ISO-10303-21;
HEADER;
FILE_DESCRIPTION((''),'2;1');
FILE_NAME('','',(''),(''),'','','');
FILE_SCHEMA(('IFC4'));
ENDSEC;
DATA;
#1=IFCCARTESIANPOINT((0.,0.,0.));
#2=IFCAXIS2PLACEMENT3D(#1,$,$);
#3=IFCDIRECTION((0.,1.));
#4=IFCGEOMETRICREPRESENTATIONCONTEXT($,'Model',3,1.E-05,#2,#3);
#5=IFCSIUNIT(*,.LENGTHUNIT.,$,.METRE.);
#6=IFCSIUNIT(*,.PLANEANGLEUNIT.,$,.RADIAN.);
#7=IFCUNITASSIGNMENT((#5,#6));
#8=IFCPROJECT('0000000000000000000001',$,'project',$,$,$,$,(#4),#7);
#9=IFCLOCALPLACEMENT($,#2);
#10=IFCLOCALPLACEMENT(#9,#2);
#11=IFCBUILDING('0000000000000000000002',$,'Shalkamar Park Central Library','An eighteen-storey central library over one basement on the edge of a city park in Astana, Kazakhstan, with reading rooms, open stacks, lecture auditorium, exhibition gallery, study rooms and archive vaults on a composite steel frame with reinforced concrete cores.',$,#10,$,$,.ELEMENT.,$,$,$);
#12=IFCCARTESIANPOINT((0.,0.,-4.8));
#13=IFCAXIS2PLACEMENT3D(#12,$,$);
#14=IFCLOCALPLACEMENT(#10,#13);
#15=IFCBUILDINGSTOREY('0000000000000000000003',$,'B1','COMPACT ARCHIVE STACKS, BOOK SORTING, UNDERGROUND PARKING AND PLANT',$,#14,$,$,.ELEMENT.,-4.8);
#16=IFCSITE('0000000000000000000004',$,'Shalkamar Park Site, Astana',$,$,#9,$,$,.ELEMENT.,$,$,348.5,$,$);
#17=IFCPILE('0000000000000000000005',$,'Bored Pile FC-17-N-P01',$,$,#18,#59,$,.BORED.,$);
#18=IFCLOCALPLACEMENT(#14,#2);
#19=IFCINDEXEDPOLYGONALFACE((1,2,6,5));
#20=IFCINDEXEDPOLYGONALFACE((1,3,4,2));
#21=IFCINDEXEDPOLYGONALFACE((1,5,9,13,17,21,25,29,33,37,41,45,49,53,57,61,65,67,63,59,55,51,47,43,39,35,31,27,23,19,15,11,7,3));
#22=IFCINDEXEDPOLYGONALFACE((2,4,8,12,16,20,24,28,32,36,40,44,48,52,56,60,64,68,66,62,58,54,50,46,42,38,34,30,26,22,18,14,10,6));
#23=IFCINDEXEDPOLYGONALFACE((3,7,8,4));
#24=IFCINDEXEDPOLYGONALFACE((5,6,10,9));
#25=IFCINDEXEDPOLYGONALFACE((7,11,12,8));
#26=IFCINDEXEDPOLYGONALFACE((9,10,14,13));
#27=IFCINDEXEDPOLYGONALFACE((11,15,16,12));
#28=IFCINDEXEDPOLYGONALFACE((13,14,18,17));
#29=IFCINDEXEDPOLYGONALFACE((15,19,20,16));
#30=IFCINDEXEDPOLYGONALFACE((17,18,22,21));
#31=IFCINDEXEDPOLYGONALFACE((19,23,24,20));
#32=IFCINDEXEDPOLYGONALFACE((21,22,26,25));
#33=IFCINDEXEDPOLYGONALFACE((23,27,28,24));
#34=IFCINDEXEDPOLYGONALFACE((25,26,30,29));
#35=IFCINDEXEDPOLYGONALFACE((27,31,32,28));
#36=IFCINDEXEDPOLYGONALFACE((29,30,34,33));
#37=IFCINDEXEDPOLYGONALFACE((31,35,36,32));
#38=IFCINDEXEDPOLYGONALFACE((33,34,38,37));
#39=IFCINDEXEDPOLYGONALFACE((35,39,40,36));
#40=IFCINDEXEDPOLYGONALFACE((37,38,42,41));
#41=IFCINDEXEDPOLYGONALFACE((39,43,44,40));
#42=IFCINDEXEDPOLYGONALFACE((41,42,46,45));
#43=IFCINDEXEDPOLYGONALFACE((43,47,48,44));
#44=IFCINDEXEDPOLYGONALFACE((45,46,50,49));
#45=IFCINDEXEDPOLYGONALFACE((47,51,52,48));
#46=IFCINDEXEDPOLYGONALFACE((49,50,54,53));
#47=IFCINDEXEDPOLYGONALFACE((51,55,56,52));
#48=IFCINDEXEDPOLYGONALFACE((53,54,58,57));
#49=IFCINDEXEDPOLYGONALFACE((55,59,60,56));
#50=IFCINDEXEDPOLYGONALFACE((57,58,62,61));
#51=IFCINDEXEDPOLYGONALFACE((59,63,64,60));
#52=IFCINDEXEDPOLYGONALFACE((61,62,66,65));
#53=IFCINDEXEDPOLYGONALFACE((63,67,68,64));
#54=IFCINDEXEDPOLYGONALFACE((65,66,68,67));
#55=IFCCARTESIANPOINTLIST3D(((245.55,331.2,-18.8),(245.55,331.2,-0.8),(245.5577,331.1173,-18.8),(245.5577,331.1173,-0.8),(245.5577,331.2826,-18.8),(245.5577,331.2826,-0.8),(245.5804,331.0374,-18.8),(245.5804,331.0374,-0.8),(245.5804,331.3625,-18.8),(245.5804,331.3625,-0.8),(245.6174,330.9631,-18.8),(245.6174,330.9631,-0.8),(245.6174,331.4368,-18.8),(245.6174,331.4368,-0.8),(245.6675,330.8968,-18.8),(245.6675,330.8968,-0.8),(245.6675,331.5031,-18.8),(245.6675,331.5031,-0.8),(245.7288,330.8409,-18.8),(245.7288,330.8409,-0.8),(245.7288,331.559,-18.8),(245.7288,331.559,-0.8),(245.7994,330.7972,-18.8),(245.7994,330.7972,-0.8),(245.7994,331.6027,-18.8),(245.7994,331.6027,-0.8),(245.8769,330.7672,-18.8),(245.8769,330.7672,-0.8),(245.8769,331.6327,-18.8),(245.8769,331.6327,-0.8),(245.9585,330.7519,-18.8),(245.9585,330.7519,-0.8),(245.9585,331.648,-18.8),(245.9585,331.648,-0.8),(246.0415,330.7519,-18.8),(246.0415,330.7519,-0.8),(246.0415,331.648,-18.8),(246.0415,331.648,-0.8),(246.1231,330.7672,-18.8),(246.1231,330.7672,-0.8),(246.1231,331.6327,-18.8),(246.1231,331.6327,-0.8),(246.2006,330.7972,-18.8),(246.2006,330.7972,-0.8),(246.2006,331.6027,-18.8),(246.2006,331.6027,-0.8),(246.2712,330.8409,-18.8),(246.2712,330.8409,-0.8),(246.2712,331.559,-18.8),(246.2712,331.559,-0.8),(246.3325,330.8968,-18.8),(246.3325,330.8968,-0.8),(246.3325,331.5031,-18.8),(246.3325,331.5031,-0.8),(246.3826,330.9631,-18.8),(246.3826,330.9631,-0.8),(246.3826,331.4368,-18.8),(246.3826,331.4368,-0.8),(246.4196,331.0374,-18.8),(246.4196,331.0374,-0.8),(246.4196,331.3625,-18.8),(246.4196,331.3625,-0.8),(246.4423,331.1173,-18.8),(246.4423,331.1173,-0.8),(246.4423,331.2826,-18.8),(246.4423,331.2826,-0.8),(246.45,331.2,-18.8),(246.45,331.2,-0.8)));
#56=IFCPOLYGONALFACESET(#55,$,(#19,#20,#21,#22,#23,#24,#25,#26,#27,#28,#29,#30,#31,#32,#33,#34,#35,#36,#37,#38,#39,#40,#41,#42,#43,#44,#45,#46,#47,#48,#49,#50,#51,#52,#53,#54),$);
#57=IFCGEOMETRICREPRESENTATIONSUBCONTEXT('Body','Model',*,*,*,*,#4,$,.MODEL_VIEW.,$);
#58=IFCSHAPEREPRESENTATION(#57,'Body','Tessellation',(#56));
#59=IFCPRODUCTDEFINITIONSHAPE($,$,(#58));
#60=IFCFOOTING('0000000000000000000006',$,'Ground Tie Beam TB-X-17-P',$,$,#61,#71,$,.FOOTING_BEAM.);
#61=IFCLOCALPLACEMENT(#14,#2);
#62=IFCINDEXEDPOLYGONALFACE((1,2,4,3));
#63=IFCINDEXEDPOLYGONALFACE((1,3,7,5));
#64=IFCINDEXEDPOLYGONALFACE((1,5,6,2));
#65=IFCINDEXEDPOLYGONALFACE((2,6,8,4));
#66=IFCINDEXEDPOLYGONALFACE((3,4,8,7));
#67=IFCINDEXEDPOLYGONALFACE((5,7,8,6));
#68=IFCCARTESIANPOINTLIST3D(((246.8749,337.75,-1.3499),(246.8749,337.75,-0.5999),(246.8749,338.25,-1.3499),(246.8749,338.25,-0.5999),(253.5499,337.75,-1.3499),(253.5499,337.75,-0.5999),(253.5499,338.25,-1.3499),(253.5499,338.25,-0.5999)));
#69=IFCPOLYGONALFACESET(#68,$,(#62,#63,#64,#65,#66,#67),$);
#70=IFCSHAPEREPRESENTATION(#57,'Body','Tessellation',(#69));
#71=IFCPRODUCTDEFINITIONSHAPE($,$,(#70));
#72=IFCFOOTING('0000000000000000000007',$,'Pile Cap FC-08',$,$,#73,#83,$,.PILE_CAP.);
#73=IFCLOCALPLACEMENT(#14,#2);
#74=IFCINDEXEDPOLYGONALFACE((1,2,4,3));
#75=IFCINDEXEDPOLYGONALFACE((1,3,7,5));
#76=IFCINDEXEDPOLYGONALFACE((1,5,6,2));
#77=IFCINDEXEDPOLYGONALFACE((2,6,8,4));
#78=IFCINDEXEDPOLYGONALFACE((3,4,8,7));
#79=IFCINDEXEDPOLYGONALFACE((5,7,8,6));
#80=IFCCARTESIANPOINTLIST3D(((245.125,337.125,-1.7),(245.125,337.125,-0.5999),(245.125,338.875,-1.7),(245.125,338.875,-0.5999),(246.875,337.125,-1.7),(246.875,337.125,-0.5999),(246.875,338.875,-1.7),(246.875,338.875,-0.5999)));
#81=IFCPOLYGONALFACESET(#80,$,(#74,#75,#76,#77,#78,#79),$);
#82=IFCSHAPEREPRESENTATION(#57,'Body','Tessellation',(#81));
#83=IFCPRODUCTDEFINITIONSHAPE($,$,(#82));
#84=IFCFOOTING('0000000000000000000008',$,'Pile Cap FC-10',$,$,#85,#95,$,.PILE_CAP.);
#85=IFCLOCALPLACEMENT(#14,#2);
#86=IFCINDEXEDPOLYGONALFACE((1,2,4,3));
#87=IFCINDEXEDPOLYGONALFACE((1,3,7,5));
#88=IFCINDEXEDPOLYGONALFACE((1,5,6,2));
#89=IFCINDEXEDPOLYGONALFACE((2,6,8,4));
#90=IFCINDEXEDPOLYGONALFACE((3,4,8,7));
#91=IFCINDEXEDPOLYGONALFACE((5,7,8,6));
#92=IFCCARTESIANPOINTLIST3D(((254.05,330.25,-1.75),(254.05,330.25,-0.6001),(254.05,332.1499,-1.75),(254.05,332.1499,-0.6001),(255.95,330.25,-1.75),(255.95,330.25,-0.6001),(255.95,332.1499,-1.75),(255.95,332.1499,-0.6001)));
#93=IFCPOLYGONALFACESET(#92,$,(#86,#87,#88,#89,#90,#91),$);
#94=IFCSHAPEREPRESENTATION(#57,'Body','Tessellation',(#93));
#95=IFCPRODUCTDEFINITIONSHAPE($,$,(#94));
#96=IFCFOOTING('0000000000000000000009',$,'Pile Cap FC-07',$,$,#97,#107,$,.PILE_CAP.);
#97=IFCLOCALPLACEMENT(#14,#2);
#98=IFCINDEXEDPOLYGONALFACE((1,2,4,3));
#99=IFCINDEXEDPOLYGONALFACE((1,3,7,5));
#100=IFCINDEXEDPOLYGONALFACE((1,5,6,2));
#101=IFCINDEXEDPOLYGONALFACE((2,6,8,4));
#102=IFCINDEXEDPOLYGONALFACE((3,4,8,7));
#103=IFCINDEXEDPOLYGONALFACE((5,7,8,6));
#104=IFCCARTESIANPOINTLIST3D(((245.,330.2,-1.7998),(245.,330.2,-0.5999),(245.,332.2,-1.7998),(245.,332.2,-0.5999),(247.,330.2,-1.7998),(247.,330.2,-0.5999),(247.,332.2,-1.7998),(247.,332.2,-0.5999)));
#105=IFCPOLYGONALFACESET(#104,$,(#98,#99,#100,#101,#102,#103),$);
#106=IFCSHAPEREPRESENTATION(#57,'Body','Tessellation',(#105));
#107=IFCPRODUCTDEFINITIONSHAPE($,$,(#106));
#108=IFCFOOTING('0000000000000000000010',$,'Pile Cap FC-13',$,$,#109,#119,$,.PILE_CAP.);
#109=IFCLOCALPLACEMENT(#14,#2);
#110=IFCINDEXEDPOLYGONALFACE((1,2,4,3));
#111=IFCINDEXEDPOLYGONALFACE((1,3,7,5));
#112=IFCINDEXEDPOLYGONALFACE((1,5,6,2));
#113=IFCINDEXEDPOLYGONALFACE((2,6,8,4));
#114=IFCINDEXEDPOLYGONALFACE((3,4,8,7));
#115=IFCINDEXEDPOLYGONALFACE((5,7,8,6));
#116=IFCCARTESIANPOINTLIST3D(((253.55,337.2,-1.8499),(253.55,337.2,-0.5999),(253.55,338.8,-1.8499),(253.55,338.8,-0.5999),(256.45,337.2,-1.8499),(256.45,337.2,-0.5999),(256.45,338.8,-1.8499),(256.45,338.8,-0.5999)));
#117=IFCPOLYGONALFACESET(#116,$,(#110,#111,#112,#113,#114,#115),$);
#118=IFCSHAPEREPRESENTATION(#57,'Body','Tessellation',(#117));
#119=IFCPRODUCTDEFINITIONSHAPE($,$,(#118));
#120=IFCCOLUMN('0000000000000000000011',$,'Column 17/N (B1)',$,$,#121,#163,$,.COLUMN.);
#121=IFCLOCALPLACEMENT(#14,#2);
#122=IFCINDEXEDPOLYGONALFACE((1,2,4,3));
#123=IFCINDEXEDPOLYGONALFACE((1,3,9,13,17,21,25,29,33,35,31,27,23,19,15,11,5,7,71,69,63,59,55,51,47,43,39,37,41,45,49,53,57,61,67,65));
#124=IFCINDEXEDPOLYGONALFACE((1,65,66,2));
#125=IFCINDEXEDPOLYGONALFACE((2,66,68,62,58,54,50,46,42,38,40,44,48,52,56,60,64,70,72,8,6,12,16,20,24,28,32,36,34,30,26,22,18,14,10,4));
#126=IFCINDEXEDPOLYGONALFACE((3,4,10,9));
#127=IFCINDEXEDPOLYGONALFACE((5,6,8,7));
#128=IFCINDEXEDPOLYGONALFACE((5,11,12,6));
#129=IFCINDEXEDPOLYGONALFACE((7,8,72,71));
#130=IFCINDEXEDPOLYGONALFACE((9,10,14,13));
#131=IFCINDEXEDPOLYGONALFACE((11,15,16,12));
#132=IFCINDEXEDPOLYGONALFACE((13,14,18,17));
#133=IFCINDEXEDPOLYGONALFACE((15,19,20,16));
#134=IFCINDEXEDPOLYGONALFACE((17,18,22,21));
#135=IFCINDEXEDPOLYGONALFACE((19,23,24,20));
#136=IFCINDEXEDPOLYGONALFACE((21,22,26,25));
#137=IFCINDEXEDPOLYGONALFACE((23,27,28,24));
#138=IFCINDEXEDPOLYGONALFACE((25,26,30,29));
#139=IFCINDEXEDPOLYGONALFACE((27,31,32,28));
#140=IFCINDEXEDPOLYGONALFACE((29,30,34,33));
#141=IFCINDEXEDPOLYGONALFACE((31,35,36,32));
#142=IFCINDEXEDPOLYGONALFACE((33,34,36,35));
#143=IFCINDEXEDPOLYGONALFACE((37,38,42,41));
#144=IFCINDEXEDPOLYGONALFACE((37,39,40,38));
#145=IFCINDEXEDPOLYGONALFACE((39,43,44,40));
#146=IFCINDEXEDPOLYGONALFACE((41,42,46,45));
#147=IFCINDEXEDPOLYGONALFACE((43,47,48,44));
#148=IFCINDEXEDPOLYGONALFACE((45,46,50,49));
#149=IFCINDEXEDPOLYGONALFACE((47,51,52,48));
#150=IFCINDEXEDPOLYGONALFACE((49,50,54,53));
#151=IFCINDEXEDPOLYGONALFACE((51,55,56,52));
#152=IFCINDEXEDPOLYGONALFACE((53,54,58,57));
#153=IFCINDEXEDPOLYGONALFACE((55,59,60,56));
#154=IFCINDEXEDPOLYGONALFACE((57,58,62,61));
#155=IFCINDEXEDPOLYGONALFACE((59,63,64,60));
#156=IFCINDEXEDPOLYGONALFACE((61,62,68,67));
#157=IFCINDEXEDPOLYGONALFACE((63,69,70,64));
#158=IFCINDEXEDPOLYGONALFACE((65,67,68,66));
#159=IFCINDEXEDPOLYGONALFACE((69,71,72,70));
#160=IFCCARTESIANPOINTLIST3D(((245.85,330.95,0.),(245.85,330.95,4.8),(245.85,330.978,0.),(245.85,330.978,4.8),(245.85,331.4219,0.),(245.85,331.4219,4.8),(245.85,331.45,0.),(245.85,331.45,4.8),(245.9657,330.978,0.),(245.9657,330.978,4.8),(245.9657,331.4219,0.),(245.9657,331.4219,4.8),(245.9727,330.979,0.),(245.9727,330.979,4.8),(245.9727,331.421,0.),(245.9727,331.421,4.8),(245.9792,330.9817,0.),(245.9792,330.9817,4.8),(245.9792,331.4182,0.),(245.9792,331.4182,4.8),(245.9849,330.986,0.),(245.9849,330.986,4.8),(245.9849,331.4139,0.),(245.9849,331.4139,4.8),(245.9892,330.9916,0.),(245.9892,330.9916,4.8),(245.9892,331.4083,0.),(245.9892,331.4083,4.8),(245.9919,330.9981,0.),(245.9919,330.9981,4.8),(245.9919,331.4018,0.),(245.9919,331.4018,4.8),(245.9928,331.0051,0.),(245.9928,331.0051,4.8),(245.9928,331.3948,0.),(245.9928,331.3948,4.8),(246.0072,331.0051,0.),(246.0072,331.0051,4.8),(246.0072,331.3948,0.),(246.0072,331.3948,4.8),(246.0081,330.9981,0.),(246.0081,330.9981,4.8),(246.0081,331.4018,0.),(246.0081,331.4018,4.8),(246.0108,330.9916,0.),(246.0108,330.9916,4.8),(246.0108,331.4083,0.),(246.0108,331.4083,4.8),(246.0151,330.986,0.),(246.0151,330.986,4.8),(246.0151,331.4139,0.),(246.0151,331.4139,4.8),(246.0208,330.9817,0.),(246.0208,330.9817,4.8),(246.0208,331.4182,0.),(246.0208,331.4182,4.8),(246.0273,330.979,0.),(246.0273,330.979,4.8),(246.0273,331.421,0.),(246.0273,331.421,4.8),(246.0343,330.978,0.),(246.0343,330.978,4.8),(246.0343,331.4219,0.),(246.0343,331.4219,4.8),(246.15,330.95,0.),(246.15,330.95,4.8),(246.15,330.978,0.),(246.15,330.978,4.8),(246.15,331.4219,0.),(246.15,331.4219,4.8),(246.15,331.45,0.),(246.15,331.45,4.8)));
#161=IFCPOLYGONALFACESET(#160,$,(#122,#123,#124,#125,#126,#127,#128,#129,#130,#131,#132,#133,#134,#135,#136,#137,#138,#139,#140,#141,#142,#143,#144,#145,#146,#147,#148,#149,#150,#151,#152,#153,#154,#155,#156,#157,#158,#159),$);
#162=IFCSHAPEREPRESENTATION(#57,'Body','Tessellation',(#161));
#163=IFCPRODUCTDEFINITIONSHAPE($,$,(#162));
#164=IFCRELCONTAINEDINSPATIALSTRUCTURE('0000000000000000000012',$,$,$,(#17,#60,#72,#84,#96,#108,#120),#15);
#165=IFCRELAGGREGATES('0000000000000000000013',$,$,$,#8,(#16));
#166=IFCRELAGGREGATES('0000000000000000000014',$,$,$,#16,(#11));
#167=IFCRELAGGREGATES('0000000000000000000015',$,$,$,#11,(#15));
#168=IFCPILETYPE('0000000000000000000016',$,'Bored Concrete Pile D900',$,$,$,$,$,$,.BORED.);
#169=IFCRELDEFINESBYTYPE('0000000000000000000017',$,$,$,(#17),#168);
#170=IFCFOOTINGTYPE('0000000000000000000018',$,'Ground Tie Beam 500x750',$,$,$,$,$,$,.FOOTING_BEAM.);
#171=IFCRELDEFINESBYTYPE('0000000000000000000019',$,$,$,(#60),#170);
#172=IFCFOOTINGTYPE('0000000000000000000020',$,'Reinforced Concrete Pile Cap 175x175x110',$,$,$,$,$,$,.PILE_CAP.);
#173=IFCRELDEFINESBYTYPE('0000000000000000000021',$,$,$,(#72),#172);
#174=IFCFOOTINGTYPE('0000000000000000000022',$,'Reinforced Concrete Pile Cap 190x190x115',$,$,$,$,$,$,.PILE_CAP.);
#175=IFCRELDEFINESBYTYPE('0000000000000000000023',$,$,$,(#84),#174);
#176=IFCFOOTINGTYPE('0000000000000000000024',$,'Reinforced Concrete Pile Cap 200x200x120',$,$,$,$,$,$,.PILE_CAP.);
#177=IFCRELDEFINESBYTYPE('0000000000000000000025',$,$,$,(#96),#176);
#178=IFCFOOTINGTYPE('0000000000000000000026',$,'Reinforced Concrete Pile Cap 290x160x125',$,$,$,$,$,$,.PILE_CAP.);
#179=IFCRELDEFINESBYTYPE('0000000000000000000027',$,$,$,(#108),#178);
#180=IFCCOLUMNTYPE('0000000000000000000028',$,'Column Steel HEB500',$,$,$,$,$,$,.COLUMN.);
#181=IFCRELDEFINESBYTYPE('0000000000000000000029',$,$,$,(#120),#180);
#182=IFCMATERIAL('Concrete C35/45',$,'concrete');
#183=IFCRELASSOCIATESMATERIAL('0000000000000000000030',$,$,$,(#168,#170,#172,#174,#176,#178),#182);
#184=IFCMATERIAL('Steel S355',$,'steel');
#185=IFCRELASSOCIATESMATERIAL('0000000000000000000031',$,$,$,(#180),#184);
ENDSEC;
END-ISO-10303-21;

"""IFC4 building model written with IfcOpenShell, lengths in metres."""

from ifc_helpers import new_model, si_unit, direction, frame, origin, origin_2d, place, context, subcontext, project, spatial, rectangle, circle, i_section, extrude, material, material_profile, profile_set, type_object, element, save


model = new_model("IFC4")

# Units and contexts
model_context = context("Model", 3, precision=1e-05, world=origin(), true_north=direction((0.0, 1.0)))
body_context = subcontext(model_context, "Body", "Model", "MODEL_VIEW")
ifc_project = project(units=[si_unit("LENGTHUNIT", "METRE"), si_unit("PLANEANGLEUNIT", "RADIAN")], contexts=[model_context])

# Site, building, storey
site_placement = place(None, origin())
site = spatial("IfcSite", under=ifc_project, at=site_placement, Name="Shalkamar Park Site, Astana", CompositionType="ELEMENT", RefElevation=348.5)
building_placement = place(site_placement, origin())
building = spatial("IfcBuilding", under=site, at=building_placement, Name="Shalkamar Park Central Library", Description="An eighteen-storey central library over one basement on the edge of a city park in Astana, Kazakhstan, with reading rooms, open stacks, lecture auditorium, exhibition gallery, study rooms and archive vaults on a composite steel frame with reinforced concrete cores.", CompositionType="ELEMENT")
storey_placement = place(building_placement, frame((0.0, 0.0, -4.8)))
storey = spatial("IfcBuildingStorey", under=building, at=storey_placement, Name="B1", Description="COMPACT ARCHIVE STACKS, BOOK SORTING, UNDERGROUND PARKING AND PLANT", CompositionType="ELEMENT", Elevation=-4.8)

# Pile
ifc_material_1 = material(Name="Concrete C35/45", Category="concrete")
ifc_material_profile_1 = material_profile(ifc_material_1, circle(Radius=0.45, at=origin_2d()), Name="PILE D900")
ifc_profile_set_1 = profile_set([ifc_material_profile_1], Name="Concrete C35/45")
pile_type_1 = type_object("IfcPileType", Name="Bored Concrete Pile D900", PredefinedType="BORED", material=ifc_profile_set_1)
pile_placement = place(storey_placement, frame((246.0, 331.2, -0.8), z_axis=(0.0, 0.0, -1.0), x_axis=(1.0, 0.0, 0.0)))
element("IfcPile", 1, at=pile_placement, inside=storey, type_object=pile_type_1, Name="Bored Pile FC-17-N-P01", PredefinedType="BORED", context=body_context, shape_type="SweptSolid", body=[
    extrude(circle(Radius=0.45, at=origin_2d()), origin(), (0.0, 0.0, 1.0), 18.0),
])

# Footings
footing_type_1 = type_object("IfcFootingType", Name="Ground Tie Beam 500x750", PredefinedType="FOOTING_BEAM", material=ifc_material_1)
footing_1_placement = place(storey_placement, frame((250.2124, 338.0, -1.3499), z_axis=(0.0, 0.0, 1.0), x_axis=(1.0, 0.0, 0.0)))
element("IfcFooting", 2, at=footing_1_placement, inside=storey, type_object=footing_type_1, Name="Ground Tie Beam TB-X-17-P", PredefinedType="FOOTING_BEAM", context=body_context, shape_type="SweptSolid", body=[
    extrude(rectangle(XDim=6.675, YDim=0.5, at=origin_2d()), origin(), (0.0, 0.0, 1.0), 0.75),
])
footing_type_2 = type_object("IfcFootingType", Name="Reinforced Concrete Pile Cap 175x175x110", PredefinedType="PILE_CAP", material=ifc_material_1)
footing_2_placement = place(storey_placement, frame((246.0, 338.0, -1.7), z_axis=(0.0, 0.0, 1.0), x_axis=(1.0, 0.0, 0.0)))
element("IfcFooting", 3, at=footing_2_placement, inside=storey, type_object=footing_type_2, Name="Pile Cap FC-08", PredefinedType="PILE_CAP", context=body_context, shape_type="SweptSolid", body=[
    extrude(rectangle(XDim=1.75, YDim=1.75, at=origin_2d()), origin(), (0.0, 0.0, 1.0), 1.1001),
])
footing_type_3 = type_object("IfcFootingType", Name="Reinforced Concrete Pile Cap 190x190x115", PredefinedType="PILE_CAP", material=ifc_material_1)
footing_3_placement = place(storey_placement, frame((255.0, 331.2, -1.75), z_axis=(0.0, 0.0, 1.0), x_axis=(1.0, 0.0, 0.0)))
element("IfcFooting", 4, at=footing_3_placement, inside=storey, type_object=footing_type_3, Name="Pile Cap FC-10", PredefinedType="PILE_CAP", context=body_context, shape_type="SweptSolid", body=[
    extrude(rectangle(XDim=1.8999, YDim=1.8999, at=origin_2d()), origin(), (0.0, 0.0, 1.0), 1.1499),
])
footing_type_4 = type_object("IfcFootingType", Name="Reinforced Concrete Pile Cap 200x200x120", PredefinedType="PILE_CAP", material=ifc_material_1)
footing_4_placement = place(storey_placement, frame((246.0, 331.2, -1.7998), z_axis=(0.0, 0.0, 1.0), x_axis=(1.0, 0.0, 0.0)))
element("IfcFooting", 5, at=footing_4_placement, inside=storey, type_object=footing_type_4, Name="Pile Cap FC-07", PredefinedType="PILE_CAP", context=body_context, shape_type="SweptSolid", body=[
    extrude(rectangle(XDim=2.0, YDim=2.0, at=origin_2d()), origin(), (0.0, 0.0, 1.0), 1.2),
])
footing_type_5 = type_object("IfcFootingType", Name="Reinforced Concrete Pile Cap 290x160x125", PredefinedType="PILE_CAP", material=ifc_material_1)
footing_5_placement = place(storey_placement, frame((255.0, 338.0, -1.8499), z_axis=(0.0, 0.0, 1.0), x_axis=(1.0, 0.0, 0.0)))
element("IfcFooting", 6, at=footing_5_placement, inside=storey, type_object=footing_type_5, Name="Pile Cap FC-13", PredefinedType="PILE_CAP", context=body_context, shape_type="SweptSolid", body=[
    extrude(rectangle(XDim=2.8999, YDim=1.6001, at=origin_2d()), origin(), (0.0, 0.0, 1.0), 1.25),
])

# Column
ifc_material_2 = material(Name="Steel S355", Category="steel")
ifc_material_profile_2 = material_profile(ifc_material_2, i_section(OverallWidth=0.3, OverallDepth=0.5, WebThickness=0.0144, FlangeThickness=0.0281, FilletRadius=0.0271, at=origin_2d()), Name="HEB 500")
ifc_profile_set_2 = profile_set([ifc_material_profile_2], Name="Steel S355")
column_type = type_object("IfcColumnType", Name="Column Steel HEB500", PredefinedType="COLUMN", material=ifc_profile_set_2)
for number, where, z_axis, x_axis, name in (
    (7, (246.0, 331.2, 0.0), (0.0, 0.0, 1.0), (1.0, 0.0, 0.0), "Column 17/N (B1)"),
):
    element("IfcColumn", number, at=place(storey_placement, frame(where, z_axis=z_axis, x_axis=x_axis)), inside=storey, type_object=column_type, Name=name, PredefinedType="COLUMN", context=body_context, shape_type="SweptSolid", body=[
        extrude(i_section(OverallWidth=0.3, OverallDepth=0.5, WebThickness=0.0144, FlangeThickness=0.0281, FilletRadius=0.0271, at=origin_2d()), origin(), (0.0, 0.0, 1.0), 4.8),
    ])

save(model, "model.ifc")
